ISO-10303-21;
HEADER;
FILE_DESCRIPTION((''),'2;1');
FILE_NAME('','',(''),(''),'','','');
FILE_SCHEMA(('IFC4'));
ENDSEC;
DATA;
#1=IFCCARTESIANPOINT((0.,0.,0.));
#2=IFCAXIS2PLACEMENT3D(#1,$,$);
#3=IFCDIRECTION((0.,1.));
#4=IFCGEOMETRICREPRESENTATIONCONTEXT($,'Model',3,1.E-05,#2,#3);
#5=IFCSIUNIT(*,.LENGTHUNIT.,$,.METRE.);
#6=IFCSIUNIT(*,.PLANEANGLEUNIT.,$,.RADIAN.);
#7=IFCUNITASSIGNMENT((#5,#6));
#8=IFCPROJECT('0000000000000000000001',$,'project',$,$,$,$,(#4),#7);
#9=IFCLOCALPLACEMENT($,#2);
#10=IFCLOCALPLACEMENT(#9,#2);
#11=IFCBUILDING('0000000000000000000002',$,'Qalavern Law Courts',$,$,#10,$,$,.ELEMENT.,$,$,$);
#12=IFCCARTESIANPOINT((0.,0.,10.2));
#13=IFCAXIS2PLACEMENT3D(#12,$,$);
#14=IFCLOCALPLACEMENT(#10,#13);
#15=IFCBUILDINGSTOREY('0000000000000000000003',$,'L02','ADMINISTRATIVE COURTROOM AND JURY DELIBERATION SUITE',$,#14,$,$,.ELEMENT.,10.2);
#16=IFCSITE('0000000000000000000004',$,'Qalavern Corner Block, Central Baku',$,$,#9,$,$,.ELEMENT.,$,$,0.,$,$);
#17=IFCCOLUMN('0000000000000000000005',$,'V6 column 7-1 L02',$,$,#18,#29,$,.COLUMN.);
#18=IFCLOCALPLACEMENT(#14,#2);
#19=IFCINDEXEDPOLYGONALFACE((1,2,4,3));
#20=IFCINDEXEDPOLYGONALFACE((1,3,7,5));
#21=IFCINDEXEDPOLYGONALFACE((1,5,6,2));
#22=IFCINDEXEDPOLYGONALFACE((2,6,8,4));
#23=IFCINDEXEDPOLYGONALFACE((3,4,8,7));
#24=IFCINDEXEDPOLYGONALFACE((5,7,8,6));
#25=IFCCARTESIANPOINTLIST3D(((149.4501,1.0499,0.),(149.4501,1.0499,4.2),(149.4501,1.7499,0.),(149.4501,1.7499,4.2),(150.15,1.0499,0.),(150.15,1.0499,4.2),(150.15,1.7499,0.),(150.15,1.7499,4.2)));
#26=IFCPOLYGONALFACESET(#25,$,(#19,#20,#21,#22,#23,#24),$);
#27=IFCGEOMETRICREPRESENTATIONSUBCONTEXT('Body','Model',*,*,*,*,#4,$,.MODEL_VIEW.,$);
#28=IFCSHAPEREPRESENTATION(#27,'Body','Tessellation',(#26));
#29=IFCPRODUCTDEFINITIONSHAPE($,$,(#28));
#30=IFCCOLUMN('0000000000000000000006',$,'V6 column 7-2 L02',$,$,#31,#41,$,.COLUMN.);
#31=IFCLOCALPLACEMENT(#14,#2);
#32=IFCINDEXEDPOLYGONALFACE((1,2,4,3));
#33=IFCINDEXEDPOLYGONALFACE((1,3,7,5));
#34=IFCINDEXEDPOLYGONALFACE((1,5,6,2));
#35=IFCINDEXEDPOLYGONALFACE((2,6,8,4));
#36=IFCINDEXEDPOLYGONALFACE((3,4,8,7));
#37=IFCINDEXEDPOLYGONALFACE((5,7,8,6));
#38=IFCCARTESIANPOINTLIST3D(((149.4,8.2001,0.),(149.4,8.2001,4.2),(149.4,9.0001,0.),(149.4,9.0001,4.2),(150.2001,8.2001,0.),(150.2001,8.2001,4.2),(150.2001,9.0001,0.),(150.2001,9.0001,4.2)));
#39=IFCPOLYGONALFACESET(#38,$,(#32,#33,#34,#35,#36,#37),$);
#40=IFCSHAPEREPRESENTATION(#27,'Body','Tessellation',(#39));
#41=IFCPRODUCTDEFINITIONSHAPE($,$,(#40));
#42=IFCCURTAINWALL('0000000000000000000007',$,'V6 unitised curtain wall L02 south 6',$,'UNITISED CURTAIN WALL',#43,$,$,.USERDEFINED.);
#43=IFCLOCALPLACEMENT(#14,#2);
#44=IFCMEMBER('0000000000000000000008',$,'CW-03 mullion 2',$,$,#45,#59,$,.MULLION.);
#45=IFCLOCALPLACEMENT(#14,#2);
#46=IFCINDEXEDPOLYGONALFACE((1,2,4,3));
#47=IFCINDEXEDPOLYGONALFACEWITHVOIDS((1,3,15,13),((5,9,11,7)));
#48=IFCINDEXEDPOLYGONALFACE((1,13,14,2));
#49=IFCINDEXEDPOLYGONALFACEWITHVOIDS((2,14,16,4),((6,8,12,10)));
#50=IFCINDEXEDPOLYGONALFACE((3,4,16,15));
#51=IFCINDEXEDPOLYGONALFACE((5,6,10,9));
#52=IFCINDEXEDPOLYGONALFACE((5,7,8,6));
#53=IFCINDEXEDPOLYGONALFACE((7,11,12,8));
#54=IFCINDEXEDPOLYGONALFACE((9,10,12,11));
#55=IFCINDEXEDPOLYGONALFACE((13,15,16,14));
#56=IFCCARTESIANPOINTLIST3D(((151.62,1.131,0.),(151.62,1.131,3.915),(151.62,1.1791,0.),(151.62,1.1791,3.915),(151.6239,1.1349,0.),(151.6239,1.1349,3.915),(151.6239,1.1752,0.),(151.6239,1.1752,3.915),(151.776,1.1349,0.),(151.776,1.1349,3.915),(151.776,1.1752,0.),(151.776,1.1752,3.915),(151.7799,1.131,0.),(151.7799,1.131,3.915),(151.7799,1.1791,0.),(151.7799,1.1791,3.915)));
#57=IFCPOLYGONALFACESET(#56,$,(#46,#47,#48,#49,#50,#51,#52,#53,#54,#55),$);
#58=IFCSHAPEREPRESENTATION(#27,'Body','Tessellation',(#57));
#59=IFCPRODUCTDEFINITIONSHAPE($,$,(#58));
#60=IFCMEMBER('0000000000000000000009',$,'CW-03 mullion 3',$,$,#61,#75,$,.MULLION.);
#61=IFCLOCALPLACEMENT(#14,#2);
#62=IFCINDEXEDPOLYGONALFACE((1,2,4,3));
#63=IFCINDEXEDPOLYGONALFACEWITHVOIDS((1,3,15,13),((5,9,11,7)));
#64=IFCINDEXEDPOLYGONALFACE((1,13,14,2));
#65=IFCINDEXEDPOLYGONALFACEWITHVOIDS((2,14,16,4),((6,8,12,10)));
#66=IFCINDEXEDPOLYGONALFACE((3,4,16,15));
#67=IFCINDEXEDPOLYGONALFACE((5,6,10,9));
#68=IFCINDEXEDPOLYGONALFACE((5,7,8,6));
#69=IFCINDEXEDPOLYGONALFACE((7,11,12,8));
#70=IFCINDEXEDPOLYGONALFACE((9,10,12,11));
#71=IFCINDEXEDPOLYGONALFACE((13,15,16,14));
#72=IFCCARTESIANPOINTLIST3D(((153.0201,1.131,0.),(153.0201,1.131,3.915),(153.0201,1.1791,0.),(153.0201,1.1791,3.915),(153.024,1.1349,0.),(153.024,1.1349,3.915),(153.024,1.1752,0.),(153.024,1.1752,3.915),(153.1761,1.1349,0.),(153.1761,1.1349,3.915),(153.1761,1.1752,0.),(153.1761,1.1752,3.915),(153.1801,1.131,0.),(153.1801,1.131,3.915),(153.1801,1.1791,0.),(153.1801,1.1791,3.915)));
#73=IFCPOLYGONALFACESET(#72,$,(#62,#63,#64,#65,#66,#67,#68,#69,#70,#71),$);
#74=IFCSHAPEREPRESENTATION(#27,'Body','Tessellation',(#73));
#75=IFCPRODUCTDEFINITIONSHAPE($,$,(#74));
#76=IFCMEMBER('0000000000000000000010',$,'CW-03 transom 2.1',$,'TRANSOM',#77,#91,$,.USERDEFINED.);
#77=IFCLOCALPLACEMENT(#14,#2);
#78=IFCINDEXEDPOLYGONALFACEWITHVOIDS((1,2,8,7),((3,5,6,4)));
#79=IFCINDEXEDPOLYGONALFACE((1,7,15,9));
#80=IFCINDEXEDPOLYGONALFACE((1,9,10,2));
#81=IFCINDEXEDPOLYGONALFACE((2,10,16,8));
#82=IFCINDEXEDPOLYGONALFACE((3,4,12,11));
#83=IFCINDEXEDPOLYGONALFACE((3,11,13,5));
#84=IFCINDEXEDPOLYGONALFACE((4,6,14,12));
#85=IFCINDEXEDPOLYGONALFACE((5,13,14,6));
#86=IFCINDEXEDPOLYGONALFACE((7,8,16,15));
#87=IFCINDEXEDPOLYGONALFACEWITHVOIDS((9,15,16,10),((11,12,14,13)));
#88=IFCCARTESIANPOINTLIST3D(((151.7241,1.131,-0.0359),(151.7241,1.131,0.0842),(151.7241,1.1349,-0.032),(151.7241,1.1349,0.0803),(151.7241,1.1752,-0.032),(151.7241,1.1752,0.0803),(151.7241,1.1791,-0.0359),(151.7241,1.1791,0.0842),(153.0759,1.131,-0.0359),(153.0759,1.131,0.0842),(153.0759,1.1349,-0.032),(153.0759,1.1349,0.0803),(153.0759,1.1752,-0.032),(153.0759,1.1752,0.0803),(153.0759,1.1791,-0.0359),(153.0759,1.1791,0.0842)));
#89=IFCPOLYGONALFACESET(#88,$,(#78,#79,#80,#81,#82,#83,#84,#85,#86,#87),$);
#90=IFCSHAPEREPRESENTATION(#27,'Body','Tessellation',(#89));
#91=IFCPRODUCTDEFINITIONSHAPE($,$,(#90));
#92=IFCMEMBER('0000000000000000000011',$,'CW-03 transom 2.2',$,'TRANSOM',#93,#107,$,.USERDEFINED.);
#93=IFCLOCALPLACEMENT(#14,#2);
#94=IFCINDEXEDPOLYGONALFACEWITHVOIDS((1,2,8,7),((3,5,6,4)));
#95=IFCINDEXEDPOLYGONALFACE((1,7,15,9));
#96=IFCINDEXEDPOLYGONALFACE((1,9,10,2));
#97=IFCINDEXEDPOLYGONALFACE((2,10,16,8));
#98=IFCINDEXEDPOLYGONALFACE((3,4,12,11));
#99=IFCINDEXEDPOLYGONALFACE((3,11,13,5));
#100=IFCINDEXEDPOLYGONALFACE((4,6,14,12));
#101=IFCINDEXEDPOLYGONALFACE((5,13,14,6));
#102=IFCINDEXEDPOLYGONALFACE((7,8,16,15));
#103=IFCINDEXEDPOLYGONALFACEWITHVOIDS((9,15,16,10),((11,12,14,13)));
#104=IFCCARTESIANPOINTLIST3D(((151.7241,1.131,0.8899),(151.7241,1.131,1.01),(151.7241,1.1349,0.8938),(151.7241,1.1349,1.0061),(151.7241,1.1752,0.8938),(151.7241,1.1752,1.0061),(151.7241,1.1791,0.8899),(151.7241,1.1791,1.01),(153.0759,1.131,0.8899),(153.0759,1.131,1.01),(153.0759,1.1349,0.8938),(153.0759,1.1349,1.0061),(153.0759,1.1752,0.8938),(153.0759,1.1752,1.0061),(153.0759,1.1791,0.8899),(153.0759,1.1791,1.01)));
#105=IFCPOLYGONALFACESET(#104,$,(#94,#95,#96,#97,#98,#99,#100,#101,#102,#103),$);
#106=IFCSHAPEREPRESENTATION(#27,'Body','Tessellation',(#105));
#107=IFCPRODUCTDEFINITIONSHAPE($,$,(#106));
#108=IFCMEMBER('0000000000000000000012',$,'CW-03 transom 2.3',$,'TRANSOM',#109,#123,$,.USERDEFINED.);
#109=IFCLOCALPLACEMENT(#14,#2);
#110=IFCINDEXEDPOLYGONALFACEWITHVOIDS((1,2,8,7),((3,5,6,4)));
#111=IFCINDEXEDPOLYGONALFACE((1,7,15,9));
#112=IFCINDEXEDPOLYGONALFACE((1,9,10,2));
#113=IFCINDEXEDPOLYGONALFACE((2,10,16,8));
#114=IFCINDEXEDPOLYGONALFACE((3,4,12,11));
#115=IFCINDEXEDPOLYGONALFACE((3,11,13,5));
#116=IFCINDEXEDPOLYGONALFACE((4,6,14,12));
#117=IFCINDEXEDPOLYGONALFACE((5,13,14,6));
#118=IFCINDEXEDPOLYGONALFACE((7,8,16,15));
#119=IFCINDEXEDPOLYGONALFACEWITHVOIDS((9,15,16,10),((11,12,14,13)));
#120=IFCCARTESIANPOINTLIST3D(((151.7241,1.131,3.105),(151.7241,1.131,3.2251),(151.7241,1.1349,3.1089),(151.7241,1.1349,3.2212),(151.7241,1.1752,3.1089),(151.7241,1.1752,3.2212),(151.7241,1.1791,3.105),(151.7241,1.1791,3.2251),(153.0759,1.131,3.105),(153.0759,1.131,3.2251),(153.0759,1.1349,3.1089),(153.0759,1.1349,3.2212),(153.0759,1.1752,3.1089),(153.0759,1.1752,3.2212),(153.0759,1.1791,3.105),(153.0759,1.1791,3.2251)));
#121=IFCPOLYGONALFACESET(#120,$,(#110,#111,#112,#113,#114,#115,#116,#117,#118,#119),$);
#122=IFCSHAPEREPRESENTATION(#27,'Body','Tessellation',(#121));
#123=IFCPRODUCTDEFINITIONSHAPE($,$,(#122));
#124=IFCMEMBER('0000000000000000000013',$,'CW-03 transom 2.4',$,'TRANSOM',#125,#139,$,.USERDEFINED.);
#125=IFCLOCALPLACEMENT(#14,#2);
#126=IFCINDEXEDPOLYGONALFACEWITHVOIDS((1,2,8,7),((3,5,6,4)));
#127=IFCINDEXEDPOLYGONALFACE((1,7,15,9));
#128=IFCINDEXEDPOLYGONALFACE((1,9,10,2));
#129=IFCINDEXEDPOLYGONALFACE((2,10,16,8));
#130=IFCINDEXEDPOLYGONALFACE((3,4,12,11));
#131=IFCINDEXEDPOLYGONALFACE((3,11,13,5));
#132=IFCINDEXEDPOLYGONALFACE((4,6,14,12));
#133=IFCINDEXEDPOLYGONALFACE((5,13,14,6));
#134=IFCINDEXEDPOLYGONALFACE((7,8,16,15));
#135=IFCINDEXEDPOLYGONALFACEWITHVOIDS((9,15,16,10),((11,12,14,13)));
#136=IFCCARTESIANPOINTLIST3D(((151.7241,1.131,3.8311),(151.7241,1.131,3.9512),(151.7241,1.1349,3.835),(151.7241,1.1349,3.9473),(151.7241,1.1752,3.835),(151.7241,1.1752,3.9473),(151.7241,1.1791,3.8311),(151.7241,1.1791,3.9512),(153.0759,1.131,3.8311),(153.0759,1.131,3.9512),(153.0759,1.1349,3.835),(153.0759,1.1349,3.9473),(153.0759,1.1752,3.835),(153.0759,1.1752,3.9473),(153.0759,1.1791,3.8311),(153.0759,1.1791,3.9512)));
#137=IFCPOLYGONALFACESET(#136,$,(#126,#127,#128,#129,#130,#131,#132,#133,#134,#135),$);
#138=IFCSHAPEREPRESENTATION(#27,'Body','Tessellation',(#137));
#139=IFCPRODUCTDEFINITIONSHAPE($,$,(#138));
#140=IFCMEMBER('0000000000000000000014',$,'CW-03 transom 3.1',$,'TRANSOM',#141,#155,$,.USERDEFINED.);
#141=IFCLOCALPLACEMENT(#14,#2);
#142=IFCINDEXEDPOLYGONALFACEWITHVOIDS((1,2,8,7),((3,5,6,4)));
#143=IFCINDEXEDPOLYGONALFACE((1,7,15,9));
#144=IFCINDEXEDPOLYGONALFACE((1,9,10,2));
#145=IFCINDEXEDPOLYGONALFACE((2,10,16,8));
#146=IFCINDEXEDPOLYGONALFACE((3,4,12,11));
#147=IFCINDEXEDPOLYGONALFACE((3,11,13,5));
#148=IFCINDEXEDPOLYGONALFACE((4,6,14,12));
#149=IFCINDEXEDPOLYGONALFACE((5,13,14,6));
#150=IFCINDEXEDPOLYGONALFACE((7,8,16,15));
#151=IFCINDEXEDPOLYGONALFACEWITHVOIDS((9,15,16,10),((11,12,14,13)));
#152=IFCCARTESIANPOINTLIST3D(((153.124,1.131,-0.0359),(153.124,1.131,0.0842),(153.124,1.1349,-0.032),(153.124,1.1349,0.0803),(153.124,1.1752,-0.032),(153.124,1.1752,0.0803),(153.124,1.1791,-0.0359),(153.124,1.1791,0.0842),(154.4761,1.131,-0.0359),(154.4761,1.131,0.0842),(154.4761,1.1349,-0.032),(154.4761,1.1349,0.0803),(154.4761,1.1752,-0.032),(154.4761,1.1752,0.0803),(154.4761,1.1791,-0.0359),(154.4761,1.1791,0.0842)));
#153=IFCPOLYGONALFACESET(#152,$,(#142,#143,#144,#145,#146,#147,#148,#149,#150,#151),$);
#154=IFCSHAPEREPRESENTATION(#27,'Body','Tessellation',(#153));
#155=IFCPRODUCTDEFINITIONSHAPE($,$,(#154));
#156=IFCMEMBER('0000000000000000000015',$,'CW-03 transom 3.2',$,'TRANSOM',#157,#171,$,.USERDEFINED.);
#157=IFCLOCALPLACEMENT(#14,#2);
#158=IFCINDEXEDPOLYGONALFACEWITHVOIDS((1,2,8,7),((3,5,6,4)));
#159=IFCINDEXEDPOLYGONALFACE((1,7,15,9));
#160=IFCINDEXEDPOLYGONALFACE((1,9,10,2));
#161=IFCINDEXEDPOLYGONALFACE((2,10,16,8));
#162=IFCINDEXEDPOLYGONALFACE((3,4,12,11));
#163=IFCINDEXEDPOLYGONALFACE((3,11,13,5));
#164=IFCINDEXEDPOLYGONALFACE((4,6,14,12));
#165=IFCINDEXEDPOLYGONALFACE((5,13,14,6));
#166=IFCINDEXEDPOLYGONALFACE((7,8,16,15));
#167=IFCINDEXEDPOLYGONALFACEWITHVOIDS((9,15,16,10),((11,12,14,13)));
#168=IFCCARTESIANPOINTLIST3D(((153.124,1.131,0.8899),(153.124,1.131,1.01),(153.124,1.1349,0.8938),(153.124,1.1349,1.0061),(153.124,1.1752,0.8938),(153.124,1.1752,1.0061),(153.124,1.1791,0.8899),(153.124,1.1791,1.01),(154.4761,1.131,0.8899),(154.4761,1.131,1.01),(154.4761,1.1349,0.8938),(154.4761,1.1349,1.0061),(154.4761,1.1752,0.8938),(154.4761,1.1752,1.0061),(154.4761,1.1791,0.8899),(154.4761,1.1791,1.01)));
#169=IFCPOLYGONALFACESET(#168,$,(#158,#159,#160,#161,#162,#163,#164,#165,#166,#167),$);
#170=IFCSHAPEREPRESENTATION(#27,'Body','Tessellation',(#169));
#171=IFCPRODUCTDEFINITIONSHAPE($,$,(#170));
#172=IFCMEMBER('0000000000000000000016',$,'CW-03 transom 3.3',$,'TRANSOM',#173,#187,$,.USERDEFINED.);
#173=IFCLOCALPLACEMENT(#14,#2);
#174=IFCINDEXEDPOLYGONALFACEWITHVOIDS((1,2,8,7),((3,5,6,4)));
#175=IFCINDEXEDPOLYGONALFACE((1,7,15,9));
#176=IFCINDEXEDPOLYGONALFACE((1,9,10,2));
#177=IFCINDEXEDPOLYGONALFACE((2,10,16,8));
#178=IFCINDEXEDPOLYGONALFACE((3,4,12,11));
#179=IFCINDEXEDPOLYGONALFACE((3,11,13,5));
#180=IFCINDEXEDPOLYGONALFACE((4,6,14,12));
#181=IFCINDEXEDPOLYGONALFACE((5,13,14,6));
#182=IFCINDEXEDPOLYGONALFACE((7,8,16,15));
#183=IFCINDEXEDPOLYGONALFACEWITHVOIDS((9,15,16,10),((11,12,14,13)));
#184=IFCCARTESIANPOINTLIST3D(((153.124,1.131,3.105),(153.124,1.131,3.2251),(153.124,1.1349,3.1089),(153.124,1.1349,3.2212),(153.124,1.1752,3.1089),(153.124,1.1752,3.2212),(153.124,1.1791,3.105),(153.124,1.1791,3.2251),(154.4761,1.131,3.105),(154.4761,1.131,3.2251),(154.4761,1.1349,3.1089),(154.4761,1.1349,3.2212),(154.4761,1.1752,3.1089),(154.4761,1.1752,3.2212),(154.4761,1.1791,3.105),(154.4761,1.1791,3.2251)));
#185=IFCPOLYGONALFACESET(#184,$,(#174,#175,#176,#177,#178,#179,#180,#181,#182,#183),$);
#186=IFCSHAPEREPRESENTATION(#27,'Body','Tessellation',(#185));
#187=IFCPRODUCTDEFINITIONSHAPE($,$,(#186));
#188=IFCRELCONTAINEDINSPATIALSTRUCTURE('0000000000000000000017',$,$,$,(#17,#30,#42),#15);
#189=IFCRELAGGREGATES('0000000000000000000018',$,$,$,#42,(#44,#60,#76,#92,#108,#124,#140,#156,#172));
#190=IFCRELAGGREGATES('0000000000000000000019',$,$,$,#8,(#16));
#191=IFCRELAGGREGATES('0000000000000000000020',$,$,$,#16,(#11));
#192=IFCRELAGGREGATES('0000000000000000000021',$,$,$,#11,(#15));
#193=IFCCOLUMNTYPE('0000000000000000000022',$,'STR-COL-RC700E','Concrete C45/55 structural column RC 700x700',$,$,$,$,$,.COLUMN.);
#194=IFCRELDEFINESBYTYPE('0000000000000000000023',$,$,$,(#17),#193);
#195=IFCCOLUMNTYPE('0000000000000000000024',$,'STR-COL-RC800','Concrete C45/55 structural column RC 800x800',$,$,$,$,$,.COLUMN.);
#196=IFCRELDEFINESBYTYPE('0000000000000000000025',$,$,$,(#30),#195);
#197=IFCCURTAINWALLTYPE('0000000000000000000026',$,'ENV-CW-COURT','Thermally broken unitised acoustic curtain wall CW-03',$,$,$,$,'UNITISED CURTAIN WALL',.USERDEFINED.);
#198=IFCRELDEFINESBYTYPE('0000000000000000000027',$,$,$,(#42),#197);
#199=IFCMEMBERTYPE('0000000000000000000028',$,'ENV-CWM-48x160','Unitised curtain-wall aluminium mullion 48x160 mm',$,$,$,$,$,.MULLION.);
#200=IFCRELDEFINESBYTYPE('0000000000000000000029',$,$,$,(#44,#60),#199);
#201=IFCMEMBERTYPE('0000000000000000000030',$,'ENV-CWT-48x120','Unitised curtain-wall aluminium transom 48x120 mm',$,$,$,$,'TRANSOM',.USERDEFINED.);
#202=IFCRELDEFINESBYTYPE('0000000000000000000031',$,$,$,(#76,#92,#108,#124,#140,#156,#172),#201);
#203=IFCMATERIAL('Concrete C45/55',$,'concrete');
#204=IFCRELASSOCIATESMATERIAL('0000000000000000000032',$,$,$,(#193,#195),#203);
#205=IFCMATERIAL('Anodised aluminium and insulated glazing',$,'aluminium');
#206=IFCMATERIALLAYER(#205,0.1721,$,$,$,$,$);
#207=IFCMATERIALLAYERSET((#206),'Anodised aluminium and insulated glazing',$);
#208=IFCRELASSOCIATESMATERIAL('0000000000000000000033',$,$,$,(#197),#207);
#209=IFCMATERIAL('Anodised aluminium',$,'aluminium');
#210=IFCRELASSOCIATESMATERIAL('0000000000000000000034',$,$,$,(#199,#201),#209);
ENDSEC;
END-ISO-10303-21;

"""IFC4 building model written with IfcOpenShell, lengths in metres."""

from ifc_helpers import new_model, si_unit, direction, frame, origin, origin_2d, place, context, subcontext, project, spatial, rectangle, hollow_rectangle, extrude, material, layer, layer_set, material_profile, profile_set, type_object, element, aggregate, save


model = new_model("IFC4")

# Units and contexts
model_context = context("Model", 3, precision=1e-05, world=origin(), true_north=direction((0.0, 1.0)))
body_context = subcontext(model_context, "Body", "Model", "MODEL_VIEW")
ifc_project = project(units=[si_unit("LENGTHUNIT", "METRE"), si_unit("PLANEANGLEUNIT", "RADIAN")], contexts=[model_context])

# Site, building, storey
site_placement = place(None, origin())
site = spatial("IfcSite", under=ifc_project, at=site_placement, Name="Qalavern Corner Block, Central Baku", CompositionType="ELEMENT", RefElevation=0.0)
building_placement = place(site_placement, origin())
building = spatial("IfcBuilding", under=site, at=building_placement, Name="Qalavern Law Courts", CompositionType="ELEMENT")
storey_placement = place(building_placement, frame((0.0, 0.0, 10.2)))
storey = spatial("IfcBuildingStorey", under=building, at=storey_placement, Name="L02", Description="ADMINISTRATIVE COURTROOM AND JURY DELIBERATION SUITE", CompositionType="ELEMENT", Elevation=10.2)

# Columns
ifc_material_1 = material(Name="Concrete C45/55", Category="concrete")
ifc_material_profile_1 = material_profile(ifc_material_1, rectangle(XDim=0.7, YDim=0.7, at=origin_2d()), Name="RC 700x700")
ifc_profile_set_1 = profile_set([ifc_material_profile_1], Name="Concrete C45/55")
column_type_1 = type_object("IfcColumnType", Name="STR-COL-RC700E", Description="Concrete C45/55 structural column RC 700x700", PredefinedType="COLUMN", material=ifc_profile_set_1)
column_1_placement = place(storey_placement, frame((149.8, 1.3999, 0.0), z_axis=(0.0, 0.0, 1.0), x_axis=(1.0, 0.0, 0.0)))
element("IfcColumn", 1, at=column_1_placement, inside=storey, type_object=column_type_1, Name="V6 column 7-1 L02", PredefinedType="COLUMN", context=body_context, shape_type="SweptSolid", body=[
    extrude(rectangle(XDim=0.7, YDim=0.7, at=origin_2d()), origin(), (0.0, 0.0, 1.0), 4.2),
])
ifc_material_profile_2 = material_profile(ifc_material_1, rectangle(XDim=0.8, YDim=0.8, at=origin_2d()), Name="RC 800x800")
ifc_profile_set_2 = profile_set([ifc_material_profile_2], Name="Concrete C45/55")
column_type_2 = type_object("IfcColumnType", Name="STR-COL-RC800", Description="Concrete C45/55 structural column RC 800x800", PredefinedType="COLUMN", material=ifc_profile_set_2)
column_2_placement = place(storey_placement, frame((149.8, 8.6001, 0.0), z_axis=(0.0, 0.0, 1.0), x_axis=(1.0, 0.0, 0.0)))
element("IfcColumn", 2, at=column_2_placement, inside=storey, type_object=column_type_2, Name="V6 column 7-2 L02", PredefinedType="COLUMN", context=body_context, shape_type="SweptSolid", body=[
    extrude(rectangle(XDim=0.8, YDim=0.8, at=origin_2d()), origin(), (0.0, 0.0, 1.0), 4.2),
])

# Curtain wall, members
ifc_material_2 = material(Name="Anodised aluminium and insulated glazing", Category="aluminium")
ifc_layer_1 = layer(ifc_material_2, 0.1721)
ifc_layer_set_1 = layer_set([ifc_layer_1], Name="Anodised aluminium and insulated glazing")
curtain_wall_type = type_object("IfcCurtainWallType", Name="ENV-CW-COURT", Description="Thermally broken unitised acoustic curtain wall CW-03", ElementType="UNITISED CURTAIN WALL", PredefinedType="USERDEFINED", material=ifc_layer_set_1)
curtain_wall_placement = place(storey_placement, origin())
curtain_wall = element("IfcCurtainWall", 3, at=curtain_wall_placement, inside=storey, type_object=curtain_wall_type, Name="V6 unitised curtain wall L02 south 6", ObjectType="UNITISED CURTAIN WALL", PredefinedType="USERDEFINED")
ifc_material_3 = material(Name="Anodised aluminium", Category="aluminium")
ifc_material_profile_3 = material_profile(ifc_material_3, hollow_rectangle(XDim=0.0481, YDim=0.1599, WallThickness=0.0039, at=origin_2d()), Name="ALU MULLION 48x160")
ifc_profile_set_3 = profile_set([ifc_material_profile_3], Name="Anodised aluminium")
member_type_1 = type_object("IfcMemberType", Name="ENV-CWM-48x160", Description="Unitised curtain-wall aluminium mullion 48x160 mm", PredefinedType="MULLION", material=ifc_profile_set_3)
member_1_placement = place(storey_placement, frame((151.7, 1.155, 0.0), z_axis=(0.0, 0.0, 1.0), x_axis=(0.0, 1.0, 0.0)))
member_1 = element("IfcMember", 4, at=member_1_placement, type_object=member_type_1, Name="CW-03 mullion 2", PredefinedType="MULLION", context=body_context, shape_type="SweptSolid", body=[
    extrude(hollow_rectangle(XDim=0.0481, YDim=0.1599, WallThickness=0.0039, at=origin_2d()), origin(), (0.0, 0.0, 1.0), 3.915),
])
member_2_placement = place(storey_placement, frame((153.1001, 1.155, 0.0), z_axis=(0.0, 0.0, 1.0), x_axis=(0.0, 1.0, 0.0)))
member_2 = element("IfcMember", 5, at=member_2_placement, type_object=member_type_1, Name="CW-03 mullion 3", PredefinedType="MULLION", context=body_context, shape_type="SweptSolid", body=[
    extrude(hollow_rectangle(XDim=0.0481, YDim=0.1599, WallThickness=0.0039, at=origin_2d()), origin(), (0.0, 0.0, 1.0), 3.915),
])
ifc_material_profile_4 = material_profile(ifc_material_3, hollow_rectangle(XDim=0.0481, YDim=0.1201, WallThickness=0.0039, at=origin_2d()), Name="ALU TRANSOM 48x120")
ifc_profile_set_4 = profile_set([ifc_material_profile_4], Name="Anodised aluminium")
member_type_2 = type_object("IfcMemberType", Name="ENV-CWT-48x120", Description="Unitised curtain-wall aluminium transom 48x120 mm", ElementType="TRANSOM", PredefinedType="USERDEFINED", material=ifc_profile_set_4)
member_3_placement = place(storey_placement, frame((151.7241, 1.155, 0.0242), z_axis=(1.0, 0.0, 0.0), x_axis=(0.0, 1.0, 0.0)))
member_3 = element("IfcMember", 6, at=member_3_placement, type_object=member_type_2, Name="CW-03 transom 2.1", ObjectType="TRANSOM", PredefinedType="USERDEFINED", context=body_context, shape_type="SweptSolid", body=[
    extrude(hollow_rectangle(XDim=0.0481, YDim=0.1201, WallThickness=0.0039, at=origin_2d()), origin(), (0.0, 0.0, 1.0), 1.3518),
])
member_4_placement = place(storey_placement, frame((151.7241, 1.155, 0.95), z_axis=(1.0, 0.0, 0.0), x_axis=(0.0, 1.0, 0.0)))
member_4 = element("IfcMember", 7, at=member_4_placement, type_object=member_type_2, Name="CW-03 transom 2.2", ObjectType="TRANSOM", PredefinedType="USERDEFINED", context=body_context, shape_type="SweptSolid", body=[
    extrude(hollow_rectangle(XDim=0.0481, YDim=0.1201, WallThickness=0.0039, at=origin_2d()), origin(), (0.0, 0.0, 1.0), 1.3518),
])
member_5_placement = place(storey_placement, frame((151.7241, 1.155, 3.165), z_axis=(1.0, 0.0, 0.0), x_axis=(0.0, 1.0, 0.0)))
member_5 = element("IfcMember", 8, at=member_5_placement, type_object=member_type_2, Name="CW-03 transom 2.3", ObjectType="TRANSOM", PredefinedType="USERDEFINED", context=body_context, shape_type="SweptSolid", body=[
    extrude(hollow_rectangle(XDim=0.0481, YDim=0.1201, WallThickness=0.0039, at=origin_2d()), origin(), (0.0, 0.0, 1.0), 1.3518),
])
member_6_placement = place(storey_placement, frame((151.7241, 1.155, 3.8911), z_axis=(1.0, 0.0, 0.0), x_axis=(0.0, 1.0, 0.0)))
member_6 = element("IfcMember", 9, at=member_6_placement, type_object=member_type_2, Name="CW-03 transom 2.4", ObjectType="TRANSOM", PredefinedType="USERDEFINED", context=body_context, shape_type="SweptSolid", body=[
    extrude(hollow_rectangle(XDim=0.0481, YDim=0.1201, WallThickness=0.0039, at=origin_2d()), origin(), (0.0, 0.0, 1.0), 1.3518),
])
member_7_placement = place(storey_placement, frame((153.124, 1.155, 0.0242), z_axis=(1.0, 0.0, 0.0), x_axis=(0.0, 1.0, 0.0)))
member_7 = element("IfcMember", 10, at=member_7_placement, type_object=member_type_2, Name="CW-03 transom 3.1", ObjectType="TRANSOM", PredefinedType="USERDEFINED", context=body_context, shape_type="SweptSolid", body=[
    extrude(hollow_rectangle(XDim=0.0481, YDim=0.1201, WallThickness=0.0039, at=origin_2d()), origin(), (0.0, 0.0, 1.0), 1.3521),
])
member_8_placement = place(storey_placement, frame((153.124, 1.155, 0.95), z_axis=(1.0, 0.0, 0.0), x_axis=(0.0, 1.0, 0.0)))
member_8 = element("IfcMember", 11, at=member_8_placement, type_object=member_type_2, Name="CW-03 transom 3.2", ObjectType="TRANSOM", PredefinedType="USERDEFINED", context=body_context, shape_type="SweptSolid", body=[
    extrude(hollow_rectangle(XDim=0.0481, YDim=0.1201, WallThickness=0.0039, at=origin_2d()), origin(), (0.0, 0.0, 1.0), 1.3521),
])
member_9_placement = place(storey_placement, frame((153.124, 1.155, 3.165), z_axis=(1.0, 0.0, 0.0), x_axis=(0.0, 1.0, 0.0)))
member_9 = element("IfcMember", 12, at=member_9_placement, type_object=member_type_2, Name="CW-03 transom 3.3", ObjectType="TRANSOM", PredefinedType="USERDEFINED", context=body_context, shape_type="SweptSolid", body=[
    extrude(hollow_rectangle(XDim=0.0481, YDim=0.1201, WallThickness=0.0039, at=origin_2d()), origin(), (0.0, 0.0, 1.0), 1.3521),
])

aggregate(curtain_wall, [member_1, member_2, member_3, member_4, member_5, member_6, member_7, member_8, member_9])

save(model, "model.ifc")
